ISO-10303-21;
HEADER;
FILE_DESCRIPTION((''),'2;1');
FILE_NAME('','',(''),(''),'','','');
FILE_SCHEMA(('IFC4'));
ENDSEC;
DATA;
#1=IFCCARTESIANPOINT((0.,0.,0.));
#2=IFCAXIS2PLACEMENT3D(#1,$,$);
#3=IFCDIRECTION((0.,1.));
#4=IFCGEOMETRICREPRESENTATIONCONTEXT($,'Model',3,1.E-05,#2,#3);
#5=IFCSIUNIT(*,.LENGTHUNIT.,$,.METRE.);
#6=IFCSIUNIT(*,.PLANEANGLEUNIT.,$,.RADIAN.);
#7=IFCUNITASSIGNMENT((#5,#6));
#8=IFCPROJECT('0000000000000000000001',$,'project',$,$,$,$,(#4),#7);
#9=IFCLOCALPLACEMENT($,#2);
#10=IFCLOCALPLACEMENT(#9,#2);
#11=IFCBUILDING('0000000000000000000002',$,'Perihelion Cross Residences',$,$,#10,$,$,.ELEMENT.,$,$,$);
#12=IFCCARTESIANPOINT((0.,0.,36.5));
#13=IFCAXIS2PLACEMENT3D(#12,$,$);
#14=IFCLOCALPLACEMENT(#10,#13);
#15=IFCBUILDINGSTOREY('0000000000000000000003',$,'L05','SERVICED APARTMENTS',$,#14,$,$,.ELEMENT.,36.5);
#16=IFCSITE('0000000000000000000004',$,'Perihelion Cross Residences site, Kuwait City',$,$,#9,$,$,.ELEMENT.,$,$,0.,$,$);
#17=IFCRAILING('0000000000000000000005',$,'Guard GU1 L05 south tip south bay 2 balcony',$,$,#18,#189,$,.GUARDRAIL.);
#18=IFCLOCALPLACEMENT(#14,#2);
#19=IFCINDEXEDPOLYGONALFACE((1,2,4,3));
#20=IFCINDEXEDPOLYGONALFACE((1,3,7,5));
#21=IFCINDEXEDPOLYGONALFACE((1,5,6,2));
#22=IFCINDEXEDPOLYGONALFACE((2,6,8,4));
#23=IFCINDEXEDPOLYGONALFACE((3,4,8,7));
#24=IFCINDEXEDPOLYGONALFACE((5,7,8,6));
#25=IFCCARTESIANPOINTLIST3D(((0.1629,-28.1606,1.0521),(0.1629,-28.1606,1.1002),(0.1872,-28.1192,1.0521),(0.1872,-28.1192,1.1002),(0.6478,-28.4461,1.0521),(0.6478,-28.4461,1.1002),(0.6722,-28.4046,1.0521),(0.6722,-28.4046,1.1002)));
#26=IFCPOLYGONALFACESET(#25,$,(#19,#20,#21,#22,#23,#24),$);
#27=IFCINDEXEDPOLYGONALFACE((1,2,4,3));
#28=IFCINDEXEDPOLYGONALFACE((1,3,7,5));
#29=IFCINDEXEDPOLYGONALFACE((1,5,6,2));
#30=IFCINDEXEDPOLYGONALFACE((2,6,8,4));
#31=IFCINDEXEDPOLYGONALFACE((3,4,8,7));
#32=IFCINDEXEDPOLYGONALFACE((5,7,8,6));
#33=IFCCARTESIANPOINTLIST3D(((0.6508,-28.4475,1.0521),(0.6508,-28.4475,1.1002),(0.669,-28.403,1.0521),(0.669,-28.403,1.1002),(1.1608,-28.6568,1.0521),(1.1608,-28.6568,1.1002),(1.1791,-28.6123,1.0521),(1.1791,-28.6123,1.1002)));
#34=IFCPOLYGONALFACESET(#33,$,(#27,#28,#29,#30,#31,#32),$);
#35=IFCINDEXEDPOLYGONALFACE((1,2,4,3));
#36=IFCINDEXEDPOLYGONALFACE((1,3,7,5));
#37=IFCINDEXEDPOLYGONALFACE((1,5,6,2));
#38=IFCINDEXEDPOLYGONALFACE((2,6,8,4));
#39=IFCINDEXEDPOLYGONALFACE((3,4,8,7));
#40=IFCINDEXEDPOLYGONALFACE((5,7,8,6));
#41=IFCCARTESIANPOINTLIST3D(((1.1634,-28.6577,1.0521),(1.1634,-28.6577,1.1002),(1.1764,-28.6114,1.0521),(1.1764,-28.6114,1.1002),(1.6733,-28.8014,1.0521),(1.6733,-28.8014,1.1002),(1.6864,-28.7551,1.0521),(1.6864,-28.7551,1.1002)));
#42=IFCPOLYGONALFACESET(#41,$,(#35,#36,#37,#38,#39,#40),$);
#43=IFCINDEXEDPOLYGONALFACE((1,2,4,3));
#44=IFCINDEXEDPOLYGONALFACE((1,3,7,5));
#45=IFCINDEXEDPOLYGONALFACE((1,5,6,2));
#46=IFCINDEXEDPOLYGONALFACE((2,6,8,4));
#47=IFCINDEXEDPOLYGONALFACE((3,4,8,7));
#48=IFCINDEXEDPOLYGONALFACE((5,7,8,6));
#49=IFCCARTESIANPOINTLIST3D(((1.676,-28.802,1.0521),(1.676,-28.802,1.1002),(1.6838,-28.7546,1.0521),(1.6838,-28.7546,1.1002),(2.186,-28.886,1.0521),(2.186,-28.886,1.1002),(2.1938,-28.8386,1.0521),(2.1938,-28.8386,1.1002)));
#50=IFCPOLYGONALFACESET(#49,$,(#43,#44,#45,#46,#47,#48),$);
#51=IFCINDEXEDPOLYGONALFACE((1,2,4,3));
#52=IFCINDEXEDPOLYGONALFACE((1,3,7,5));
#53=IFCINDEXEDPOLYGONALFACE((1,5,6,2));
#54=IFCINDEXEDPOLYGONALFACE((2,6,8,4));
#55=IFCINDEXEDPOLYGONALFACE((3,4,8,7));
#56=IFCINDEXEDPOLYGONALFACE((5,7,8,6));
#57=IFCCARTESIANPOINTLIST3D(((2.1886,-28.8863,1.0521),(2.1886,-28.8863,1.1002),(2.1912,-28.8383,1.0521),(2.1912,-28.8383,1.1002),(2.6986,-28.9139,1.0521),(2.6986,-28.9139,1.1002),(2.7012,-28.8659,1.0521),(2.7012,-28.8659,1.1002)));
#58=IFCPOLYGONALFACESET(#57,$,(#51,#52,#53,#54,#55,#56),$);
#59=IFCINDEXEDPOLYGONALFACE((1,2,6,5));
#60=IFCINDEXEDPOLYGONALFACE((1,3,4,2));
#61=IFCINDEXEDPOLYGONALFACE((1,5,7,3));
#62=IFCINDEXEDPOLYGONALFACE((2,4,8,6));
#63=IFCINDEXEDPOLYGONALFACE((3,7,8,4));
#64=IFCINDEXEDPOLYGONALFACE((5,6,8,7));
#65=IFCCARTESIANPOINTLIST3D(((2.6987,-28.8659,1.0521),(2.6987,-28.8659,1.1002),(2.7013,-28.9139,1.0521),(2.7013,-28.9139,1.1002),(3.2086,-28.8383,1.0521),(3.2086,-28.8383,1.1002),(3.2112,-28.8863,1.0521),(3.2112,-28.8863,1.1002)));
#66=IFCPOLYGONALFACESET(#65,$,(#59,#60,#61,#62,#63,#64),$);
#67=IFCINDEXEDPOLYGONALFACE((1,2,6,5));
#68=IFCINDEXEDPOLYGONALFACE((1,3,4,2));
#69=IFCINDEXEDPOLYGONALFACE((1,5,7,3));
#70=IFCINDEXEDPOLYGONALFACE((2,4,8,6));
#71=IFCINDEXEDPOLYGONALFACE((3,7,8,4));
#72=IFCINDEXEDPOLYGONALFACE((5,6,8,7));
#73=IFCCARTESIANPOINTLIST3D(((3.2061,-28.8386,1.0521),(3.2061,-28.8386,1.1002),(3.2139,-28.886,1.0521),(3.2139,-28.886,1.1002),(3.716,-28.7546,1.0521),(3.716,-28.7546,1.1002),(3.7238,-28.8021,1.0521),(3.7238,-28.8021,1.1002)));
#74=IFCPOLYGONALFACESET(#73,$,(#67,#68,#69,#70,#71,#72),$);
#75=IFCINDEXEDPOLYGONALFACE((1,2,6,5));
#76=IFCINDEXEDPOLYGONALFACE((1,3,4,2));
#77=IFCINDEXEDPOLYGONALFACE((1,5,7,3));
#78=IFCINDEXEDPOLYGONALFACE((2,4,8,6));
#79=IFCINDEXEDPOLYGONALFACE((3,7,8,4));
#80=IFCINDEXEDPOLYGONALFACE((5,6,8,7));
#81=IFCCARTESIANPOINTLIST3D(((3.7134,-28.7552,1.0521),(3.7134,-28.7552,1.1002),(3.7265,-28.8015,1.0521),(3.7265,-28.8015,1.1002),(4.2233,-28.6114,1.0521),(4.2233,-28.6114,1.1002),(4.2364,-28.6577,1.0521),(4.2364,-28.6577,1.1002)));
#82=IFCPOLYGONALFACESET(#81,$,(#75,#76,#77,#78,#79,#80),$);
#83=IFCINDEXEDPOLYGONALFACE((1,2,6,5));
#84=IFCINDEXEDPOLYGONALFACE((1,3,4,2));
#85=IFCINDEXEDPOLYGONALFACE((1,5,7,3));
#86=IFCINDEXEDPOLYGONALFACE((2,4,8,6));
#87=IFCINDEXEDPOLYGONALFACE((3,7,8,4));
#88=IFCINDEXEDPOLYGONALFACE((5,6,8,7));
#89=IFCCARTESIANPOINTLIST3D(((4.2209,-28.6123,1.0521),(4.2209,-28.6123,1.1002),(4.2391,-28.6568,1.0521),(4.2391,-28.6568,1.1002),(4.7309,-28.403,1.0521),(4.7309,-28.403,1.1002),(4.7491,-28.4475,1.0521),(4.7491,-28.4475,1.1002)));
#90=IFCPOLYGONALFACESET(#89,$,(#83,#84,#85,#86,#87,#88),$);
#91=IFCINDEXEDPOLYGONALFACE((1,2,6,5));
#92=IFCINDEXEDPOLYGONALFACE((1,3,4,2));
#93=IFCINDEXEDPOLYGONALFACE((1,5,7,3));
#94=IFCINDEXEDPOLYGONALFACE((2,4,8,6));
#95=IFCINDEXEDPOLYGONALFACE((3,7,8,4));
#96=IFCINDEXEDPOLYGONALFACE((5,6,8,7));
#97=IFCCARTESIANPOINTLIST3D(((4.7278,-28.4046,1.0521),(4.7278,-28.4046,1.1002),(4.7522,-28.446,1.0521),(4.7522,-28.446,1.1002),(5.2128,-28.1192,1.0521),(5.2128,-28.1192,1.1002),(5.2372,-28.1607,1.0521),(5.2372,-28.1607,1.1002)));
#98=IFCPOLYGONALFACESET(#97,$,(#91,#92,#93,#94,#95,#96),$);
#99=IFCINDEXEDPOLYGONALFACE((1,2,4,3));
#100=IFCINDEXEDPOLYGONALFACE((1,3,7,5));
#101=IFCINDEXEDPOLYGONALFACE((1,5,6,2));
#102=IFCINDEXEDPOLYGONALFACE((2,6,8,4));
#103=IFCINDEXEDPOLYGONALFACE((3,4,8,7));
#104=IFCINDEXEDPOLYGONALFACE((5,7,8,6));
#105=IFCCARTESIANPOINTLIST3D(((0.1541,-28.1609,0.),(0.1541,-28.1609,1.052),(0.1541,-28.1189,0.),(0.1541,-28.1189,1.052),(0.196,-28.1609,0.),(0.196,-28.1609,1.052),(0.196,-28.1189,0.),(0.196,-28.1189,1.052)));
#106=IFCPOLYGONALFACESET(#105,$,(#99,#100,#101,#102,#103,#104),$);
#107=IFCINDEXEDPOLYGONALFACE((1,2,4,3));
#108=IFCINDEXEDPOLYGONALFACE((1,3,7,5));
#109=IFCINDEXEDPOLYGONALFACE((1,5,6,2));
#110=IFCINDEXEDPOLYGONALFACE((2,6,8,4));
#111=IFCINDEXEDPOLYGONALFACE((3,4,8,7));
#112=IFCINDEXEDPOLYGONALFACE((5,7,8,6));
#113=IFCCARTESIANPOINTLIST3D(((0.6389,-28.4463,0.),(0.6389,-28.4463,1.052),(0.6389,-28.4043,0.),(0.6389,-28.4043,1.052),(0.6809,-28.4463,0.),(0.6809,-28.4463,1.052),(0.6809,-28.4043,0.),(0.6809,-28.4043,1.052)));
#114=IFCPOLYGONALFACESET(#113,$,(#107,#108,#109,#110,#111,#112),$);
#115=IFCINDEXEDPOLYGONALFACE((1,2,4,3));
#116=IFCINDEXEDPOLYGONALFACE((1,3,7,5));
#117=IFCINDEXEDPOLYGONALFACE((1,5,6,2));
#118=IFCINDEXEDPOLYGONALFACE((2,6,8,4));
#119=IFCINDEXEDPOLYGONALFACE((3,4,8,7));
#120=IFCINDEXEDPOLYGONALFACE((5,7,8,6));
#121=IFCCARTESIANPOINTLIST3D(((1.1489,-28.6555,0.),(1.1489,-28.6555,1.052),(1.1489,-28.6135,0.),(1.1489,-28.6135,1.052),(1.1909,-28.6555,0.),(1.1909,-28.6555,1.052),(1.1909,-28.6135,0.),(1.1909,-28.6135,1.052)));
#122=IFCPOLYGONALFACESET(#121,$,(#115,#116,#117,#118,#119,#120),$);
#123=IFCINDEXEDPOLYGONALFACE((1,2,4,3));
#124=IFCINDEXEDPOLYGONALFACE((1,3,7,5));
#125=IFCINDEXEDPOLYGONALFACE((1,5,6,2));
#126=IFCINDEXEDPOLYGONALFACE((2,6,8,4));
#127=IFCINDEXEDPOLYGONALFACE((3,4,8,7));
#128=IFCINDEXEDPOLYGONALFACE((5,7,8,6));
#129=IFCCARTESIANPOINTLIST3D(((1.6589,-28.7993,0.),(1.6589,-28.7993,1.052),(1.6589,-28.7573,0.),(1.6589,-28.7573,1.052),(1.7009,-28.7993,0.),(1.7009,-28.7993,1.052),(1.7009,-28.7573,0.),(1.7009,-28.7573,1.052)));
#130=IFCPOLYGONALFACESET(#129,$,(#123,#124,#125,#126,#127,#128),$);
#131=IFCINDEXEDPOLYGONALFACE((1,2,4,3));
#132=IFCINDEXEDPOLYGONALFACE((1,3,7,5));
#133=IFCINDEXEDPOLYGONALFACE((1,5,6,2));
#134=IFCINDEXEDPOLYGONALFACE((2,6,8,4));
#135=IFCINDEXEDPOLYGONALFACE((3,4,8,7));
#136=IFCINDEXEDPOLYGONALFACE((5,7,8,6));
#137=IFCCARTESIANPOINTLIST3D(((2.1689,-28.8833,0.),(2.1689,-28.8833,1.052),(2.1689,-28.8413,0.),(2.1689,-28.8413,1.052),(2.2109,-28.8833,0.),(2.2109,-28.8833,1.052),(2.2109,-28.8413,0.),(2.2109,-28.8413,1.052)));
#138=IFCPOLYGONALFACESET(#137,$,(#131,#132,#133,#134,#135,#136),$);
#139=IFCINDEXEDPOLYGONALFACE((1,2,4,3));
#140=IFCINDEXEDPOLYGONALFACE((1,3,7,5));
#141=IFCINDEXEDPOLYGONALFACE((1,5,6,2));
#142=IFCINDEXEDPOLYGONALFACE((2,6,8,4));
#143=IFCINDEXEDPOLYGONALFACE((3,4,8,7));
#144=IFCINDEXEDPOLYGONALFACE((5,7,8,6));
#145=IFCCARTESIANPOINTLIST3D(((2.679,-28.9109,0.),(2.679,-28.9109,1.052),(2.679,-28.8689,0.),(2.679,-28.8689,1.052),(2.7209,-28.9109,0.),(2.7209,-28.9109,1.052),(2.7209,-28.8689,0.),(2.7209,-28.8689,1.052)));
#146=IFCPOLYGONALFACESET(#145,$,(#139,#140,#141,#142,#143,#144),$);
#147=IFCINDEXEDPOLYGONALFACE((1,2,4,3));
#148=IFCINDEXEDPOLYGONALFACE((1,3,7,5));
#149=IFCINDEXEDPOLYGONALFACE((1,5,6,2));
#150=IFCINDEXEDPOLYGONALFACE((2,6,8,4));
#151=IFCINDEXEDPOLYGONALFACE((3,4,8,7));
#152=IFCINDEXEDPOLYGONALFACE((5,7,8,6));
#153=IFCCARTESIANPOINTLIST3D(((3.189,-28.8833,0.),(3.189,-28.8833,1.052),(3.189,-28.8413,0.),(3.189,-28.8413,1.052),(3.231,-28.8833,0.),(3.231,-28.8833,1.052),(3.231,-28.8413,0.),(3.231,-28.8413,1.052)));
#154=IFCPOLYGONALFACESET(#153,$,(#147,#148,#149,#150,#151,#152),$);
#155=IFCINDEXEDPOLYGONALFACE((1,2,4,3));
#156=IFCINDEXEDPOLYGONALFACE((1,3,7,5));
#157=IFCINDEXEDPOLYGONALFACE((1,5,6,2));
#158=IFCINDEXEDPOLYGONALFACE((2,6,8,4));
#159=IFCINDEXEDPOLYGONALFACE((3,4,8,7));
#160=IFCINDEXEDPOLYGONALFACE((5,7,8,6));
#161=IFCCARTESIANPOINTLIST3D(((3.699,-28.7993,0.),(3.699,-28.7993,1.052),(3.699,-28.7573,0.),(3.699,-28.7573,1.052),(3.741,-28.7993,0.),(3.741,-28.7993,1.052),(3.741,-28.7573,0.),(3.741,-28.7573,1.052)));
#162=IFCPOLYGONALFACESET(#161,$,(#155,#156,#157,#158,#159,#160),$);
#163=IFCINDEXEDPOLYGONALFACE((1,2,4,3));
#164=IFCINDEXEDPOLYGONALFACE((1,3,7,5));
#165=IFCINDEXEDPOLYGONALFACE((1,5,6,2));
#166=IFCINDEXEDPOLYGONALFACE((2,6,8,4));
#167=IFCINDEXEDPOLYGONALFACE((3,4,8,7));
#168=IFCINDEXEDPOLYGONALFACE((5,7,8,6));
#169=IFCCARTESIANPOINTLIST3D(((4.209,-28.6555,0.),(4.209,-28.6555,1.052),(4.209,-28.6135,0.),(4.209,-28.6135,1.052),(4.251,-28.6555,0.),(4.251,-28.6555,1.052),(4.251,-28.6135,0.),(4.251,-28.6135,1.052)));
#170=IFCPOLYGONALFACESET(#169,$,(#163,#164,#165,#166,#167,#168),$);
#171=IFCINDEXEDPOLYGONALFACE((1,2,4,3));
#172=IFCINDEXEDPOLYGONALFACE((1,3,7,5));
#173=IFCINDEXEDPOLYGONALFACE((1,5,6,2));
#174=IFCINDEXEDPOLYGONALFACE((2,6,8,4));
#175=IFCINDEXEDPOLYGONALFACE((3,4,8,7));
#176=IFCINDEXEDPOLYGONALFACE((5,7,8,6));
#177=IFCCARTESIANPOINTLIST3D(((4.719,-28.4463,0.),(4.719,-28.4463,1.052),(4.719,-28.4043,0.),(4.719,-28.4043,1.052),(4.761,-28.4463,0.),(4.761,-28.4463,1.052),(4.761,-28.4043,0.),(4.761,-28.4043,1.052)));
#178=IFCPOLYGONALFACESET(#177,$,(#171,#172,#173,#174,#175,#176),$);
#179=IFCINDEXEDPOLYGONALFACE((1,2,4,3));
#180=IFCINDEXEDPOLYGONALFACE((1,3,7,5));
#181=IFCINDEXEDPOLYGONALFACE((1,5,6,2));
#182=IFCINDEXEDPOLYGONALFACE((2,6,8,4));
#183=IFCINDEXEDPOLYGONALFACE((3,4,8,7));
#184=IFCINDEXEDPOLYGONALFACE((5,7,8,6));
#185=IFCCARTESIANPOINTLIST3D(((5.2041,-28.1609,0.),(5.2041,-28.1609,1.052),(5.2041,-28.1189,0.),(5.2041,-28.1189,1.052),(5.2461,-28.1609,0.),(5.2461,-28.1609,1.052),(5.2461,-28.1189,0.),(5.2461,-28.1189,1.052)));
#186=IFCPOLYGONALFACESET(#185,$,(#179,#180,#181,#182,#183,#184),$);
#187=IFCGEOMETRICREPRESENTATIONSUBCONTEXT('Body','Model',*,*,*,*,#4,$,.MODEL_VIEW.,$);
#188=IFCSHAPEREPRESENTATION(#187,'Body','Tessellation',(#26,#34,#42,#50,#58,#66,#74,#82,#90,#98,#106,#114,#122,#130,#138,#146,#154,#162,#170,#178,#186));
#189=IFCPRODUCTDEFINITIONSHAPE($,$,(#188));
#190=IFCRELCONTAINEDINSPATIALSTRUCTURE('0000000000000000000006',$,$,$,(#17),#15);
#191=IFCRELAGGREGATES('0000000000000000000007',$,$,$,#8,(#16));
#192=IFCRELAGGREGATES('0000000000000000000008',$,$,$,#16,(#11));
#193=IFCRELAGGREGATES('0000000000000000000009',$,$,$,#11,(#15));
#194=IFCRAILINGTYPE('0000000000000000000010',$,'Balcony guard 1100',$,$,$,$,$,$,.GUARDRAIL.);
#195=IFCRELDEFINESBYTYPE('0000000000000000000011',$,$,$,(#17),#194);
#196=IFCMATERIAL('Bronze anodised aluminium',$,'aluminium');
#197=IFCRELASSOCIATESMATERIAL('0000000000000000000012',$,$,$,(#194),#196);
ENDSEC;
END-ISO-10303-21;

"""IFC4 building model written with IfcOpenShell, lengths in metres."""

from ifc_helpers import new_model, si_unit, direction, frame, origin, origin_2d, place, context, subcontext, project, spatial, rectangle, extrude, material, type_object, element, save


model = new_model("IFC4")

# Units and contexts
model_context = context("Model", 3, precision=1e-05, world=origin(), true_north=direction((0.0, 1.0)))
body_context = subcontext(model_context, "Body", "Model", "MODEL_VIEW")
ifc_project = project(units=[si_unit("LENGTHUNIT", "METRE"), si_unit("PLANEANGLEUNIT", "RADIAN")], contexts=[model_context])

# Site, building, storey
site_placement = place(None, origin())
site = spatial("IfcSite", under=ifc_project, at=site_placement, Name="Perihelion Cross Residences site, Kuwait City", CompositionType="ELEMENT", RefElevation=0.0)
building_placement = place(site_placement, origin())
building = spatial("IfcBuilding", under=site, at=building_placement, Name="Perihelion Cross Residences", CompositionType="ELEMENT")
storey_placement = place(building_placement, frame((0.0, 0.0, 36.5)))
storey = spatial("IfcBuildingStorey", under=building, at=storey_placement, Name="L05", Description="SERVICED APARTMENTS", CompositionType="ELEMENT", Elevation=36.5)

# Railing
ifc_material_1 = material(Name="Bronze anodised aluminium", Category="aluminium")
railing_type = type_object("IfcRailingType", Name="Balcony guard 1100", PredefinedType="GUARDRAIL", material=ifc_material_1)
railing_placement = place(storey_placement, frame((0.175, -28.1399, 0.0)))
element("IfcRailing", 1, at=railing_placement, inside=storey, type_object=railing_type, Name="Guard GU1 L05 south tip south bay 2 balcony", PredefinedType="GUARDRAIL", context=body_context, shape_type="SweptSolid", body=[
    extrude(rectangle(XDim=0.0481, YDim=0.0481, at=origin_2d()), frame((0.0, 0.0, 1.0762), z_axis=(0.861789, -0.507267, 0.0), x_axis=(0.507267, 0.861789, 0.0)), (0.0, 0.0, 1.0), 0.5627),
    extrude(rectangle(XDim=0.0481, YDim=0.0481, at=origin_2d()), frame((0.4849, -0.2854, 1.0762), z_axis=(0.925173, -0.379547, 0.0), x_axis=(0.379547, 0.925173, 0.0)), (0.0, 0.0, 1.0), 0.5513),
    extrude(rectangle(XDim=0.0481, YDim=0.0481, at=origin_2d()), frame((0.9949, -0.4946, 1.0762), z_axis=(0.962474, -0.271373, 0.0), x_axis=(0.271373, 0.962474, 0.0)), (0.0, 0.0, 1.0), 0.5298),
    extrude(rectangle(XDim=0.0481, YDim=0.0481, at=origin_2d()), frame((1.5049, -0.6384, 1.0762), z_axis=(0.986711, -0.162484, 0.0), x_axis=(0.162484, 0.986711, 0.0)), (0.0, 0.0, 1.0), 0.5168),
    extrude(rectangle(XDim=0.0481, YDim=0.0481, at=origin_2d()), frame((2.0149, -0.7224, 1.0762), z_axis=(0.99854, -0.054014, 0.0), x_axis=(0.054014, 0.99854, 0.0)), (0.0, 0.0, 1.0), 0.5107),
    extrude(rectangle(XDim=0.0481, YDim=0.0481, at=origin_2d()), frame((2.5249, -0.75, 1.0762), z_axis=(0.99854, 0.054014, 0.0), x_axis=(-0.054014, 0.99854, 0.0)), (0.0, 0.0, 1.0), 0.5107),
    extrude(rectangle(XDim=0.0481, YDim=0.0481, at=origin_2d()), frame((3.0349, -0.7224, 1.0762), z_axis=(0.986711, 0.162484, 0.0), x_axis=(-0.162484, 0.986711, 0.0)), (0.0, 0.0, 1.0), 0.5168),
    extrude(rectangle(XDim=0.0481, YDim=0.0481, at=origin_2d()), frame((3.5449, -0.6384, 1.0762), z_axis=(0.962474, 0.271373, 0.0), x_axis=(-0.271373, 0.962474, 0.0)), (0.0, 0.0, 1.0), 0.5298),
    extrude(rectangle(XDim=0.0481, YDim=0.0481, at=origin_2d()), frame((4.0549, -0.4946, 1.0762), z_axis=(0.925173, 0.379547, 0.0), x_axis=(-0.379547, 0.925173, 0.0)), (0.0, 0.0, 1.0), 0.5513),
    extrude(rectangle(XDim=0.0481, YDim=0.0481, at=origin_2d()), frame((4.5649, -0.2854, 1.0762), z_axis=(0.861901, 0.507077, 0.0), x_axis=(-0.507077, 0.861901, 0.0)), (0.0, 0.0, 1.0), 0.5627),
    extrude(rectangle(XDim=0.042, YDim=0.042, at=origin_2d()), origin(), (0.0, 0.0, 1.0), 1.052),
    extrude(rectangle(XDim=0.042, YDim=0.042, at=origin_2d()), frame((0.4849, -0.2854, 0.0)), (0.0, 0.0, 1.0), 1.052),
    extrude(rectangle(XDim=0.042, YDim=0.042, at=origin_2d()), frame((0.9949, -0.4946, 0.0)), (0.0, 0.0, 1.0), 1.052),
    extrude(rectangle(XDim=0.042, YDim=0.042, at=origin_2d()), frame((1.5049, -0.6384, 0.0)), (0.0, 0.0, 1.0), 1.052),
    extrude(rectangle(XDim=0.042, YDim=0.042, at=origin_2d()), frame((2.0149, -0.7224, 0.0)), (0.0, 0.0, 1.0), 1.052),
    extrude(rectangle(XDim=0.042, YDim=0.042, at=origin_2d()), frame((2.5249, -0.75, 0.0)), (0.0, 0.0, 1.0), 1.052),
    extrude(rectangle(XDim=0.042, YDim=0.042, at=origin_2d()), frame((3.0349, -0.7224, 0.0)), (0.0, 0.0, 1.0), 1.052),
    extrude(rectangle(XDim=0.042, YDim=0.042, at=origin_2d()), frame((3.5449, -0.6384, 0.0)), (0.0, 0.0, 1.0), 1.052),
    extrude(rectangle(XDim=0.042, YDim=0.042, at=origin_2d()), frame((4.0549, -0.4946, 0.0)), (0.0, 0.0, 1.0), 1.052),
    extrude(rectangle(XDim=0.042, YDim=0.042, at=origin_2d()), frame((4.5649, -0.2854, 0.0)), (0.0, 0.0, 1.0), 1.052),
    extrude(rectangle(XDim=0.042, YDim=0.042, at=origin_2d()), frame((5.05, 0.0, 0.0)), (0.0, 0.0, 1.0), 1.052),
])

save(model, "model.ifc")
